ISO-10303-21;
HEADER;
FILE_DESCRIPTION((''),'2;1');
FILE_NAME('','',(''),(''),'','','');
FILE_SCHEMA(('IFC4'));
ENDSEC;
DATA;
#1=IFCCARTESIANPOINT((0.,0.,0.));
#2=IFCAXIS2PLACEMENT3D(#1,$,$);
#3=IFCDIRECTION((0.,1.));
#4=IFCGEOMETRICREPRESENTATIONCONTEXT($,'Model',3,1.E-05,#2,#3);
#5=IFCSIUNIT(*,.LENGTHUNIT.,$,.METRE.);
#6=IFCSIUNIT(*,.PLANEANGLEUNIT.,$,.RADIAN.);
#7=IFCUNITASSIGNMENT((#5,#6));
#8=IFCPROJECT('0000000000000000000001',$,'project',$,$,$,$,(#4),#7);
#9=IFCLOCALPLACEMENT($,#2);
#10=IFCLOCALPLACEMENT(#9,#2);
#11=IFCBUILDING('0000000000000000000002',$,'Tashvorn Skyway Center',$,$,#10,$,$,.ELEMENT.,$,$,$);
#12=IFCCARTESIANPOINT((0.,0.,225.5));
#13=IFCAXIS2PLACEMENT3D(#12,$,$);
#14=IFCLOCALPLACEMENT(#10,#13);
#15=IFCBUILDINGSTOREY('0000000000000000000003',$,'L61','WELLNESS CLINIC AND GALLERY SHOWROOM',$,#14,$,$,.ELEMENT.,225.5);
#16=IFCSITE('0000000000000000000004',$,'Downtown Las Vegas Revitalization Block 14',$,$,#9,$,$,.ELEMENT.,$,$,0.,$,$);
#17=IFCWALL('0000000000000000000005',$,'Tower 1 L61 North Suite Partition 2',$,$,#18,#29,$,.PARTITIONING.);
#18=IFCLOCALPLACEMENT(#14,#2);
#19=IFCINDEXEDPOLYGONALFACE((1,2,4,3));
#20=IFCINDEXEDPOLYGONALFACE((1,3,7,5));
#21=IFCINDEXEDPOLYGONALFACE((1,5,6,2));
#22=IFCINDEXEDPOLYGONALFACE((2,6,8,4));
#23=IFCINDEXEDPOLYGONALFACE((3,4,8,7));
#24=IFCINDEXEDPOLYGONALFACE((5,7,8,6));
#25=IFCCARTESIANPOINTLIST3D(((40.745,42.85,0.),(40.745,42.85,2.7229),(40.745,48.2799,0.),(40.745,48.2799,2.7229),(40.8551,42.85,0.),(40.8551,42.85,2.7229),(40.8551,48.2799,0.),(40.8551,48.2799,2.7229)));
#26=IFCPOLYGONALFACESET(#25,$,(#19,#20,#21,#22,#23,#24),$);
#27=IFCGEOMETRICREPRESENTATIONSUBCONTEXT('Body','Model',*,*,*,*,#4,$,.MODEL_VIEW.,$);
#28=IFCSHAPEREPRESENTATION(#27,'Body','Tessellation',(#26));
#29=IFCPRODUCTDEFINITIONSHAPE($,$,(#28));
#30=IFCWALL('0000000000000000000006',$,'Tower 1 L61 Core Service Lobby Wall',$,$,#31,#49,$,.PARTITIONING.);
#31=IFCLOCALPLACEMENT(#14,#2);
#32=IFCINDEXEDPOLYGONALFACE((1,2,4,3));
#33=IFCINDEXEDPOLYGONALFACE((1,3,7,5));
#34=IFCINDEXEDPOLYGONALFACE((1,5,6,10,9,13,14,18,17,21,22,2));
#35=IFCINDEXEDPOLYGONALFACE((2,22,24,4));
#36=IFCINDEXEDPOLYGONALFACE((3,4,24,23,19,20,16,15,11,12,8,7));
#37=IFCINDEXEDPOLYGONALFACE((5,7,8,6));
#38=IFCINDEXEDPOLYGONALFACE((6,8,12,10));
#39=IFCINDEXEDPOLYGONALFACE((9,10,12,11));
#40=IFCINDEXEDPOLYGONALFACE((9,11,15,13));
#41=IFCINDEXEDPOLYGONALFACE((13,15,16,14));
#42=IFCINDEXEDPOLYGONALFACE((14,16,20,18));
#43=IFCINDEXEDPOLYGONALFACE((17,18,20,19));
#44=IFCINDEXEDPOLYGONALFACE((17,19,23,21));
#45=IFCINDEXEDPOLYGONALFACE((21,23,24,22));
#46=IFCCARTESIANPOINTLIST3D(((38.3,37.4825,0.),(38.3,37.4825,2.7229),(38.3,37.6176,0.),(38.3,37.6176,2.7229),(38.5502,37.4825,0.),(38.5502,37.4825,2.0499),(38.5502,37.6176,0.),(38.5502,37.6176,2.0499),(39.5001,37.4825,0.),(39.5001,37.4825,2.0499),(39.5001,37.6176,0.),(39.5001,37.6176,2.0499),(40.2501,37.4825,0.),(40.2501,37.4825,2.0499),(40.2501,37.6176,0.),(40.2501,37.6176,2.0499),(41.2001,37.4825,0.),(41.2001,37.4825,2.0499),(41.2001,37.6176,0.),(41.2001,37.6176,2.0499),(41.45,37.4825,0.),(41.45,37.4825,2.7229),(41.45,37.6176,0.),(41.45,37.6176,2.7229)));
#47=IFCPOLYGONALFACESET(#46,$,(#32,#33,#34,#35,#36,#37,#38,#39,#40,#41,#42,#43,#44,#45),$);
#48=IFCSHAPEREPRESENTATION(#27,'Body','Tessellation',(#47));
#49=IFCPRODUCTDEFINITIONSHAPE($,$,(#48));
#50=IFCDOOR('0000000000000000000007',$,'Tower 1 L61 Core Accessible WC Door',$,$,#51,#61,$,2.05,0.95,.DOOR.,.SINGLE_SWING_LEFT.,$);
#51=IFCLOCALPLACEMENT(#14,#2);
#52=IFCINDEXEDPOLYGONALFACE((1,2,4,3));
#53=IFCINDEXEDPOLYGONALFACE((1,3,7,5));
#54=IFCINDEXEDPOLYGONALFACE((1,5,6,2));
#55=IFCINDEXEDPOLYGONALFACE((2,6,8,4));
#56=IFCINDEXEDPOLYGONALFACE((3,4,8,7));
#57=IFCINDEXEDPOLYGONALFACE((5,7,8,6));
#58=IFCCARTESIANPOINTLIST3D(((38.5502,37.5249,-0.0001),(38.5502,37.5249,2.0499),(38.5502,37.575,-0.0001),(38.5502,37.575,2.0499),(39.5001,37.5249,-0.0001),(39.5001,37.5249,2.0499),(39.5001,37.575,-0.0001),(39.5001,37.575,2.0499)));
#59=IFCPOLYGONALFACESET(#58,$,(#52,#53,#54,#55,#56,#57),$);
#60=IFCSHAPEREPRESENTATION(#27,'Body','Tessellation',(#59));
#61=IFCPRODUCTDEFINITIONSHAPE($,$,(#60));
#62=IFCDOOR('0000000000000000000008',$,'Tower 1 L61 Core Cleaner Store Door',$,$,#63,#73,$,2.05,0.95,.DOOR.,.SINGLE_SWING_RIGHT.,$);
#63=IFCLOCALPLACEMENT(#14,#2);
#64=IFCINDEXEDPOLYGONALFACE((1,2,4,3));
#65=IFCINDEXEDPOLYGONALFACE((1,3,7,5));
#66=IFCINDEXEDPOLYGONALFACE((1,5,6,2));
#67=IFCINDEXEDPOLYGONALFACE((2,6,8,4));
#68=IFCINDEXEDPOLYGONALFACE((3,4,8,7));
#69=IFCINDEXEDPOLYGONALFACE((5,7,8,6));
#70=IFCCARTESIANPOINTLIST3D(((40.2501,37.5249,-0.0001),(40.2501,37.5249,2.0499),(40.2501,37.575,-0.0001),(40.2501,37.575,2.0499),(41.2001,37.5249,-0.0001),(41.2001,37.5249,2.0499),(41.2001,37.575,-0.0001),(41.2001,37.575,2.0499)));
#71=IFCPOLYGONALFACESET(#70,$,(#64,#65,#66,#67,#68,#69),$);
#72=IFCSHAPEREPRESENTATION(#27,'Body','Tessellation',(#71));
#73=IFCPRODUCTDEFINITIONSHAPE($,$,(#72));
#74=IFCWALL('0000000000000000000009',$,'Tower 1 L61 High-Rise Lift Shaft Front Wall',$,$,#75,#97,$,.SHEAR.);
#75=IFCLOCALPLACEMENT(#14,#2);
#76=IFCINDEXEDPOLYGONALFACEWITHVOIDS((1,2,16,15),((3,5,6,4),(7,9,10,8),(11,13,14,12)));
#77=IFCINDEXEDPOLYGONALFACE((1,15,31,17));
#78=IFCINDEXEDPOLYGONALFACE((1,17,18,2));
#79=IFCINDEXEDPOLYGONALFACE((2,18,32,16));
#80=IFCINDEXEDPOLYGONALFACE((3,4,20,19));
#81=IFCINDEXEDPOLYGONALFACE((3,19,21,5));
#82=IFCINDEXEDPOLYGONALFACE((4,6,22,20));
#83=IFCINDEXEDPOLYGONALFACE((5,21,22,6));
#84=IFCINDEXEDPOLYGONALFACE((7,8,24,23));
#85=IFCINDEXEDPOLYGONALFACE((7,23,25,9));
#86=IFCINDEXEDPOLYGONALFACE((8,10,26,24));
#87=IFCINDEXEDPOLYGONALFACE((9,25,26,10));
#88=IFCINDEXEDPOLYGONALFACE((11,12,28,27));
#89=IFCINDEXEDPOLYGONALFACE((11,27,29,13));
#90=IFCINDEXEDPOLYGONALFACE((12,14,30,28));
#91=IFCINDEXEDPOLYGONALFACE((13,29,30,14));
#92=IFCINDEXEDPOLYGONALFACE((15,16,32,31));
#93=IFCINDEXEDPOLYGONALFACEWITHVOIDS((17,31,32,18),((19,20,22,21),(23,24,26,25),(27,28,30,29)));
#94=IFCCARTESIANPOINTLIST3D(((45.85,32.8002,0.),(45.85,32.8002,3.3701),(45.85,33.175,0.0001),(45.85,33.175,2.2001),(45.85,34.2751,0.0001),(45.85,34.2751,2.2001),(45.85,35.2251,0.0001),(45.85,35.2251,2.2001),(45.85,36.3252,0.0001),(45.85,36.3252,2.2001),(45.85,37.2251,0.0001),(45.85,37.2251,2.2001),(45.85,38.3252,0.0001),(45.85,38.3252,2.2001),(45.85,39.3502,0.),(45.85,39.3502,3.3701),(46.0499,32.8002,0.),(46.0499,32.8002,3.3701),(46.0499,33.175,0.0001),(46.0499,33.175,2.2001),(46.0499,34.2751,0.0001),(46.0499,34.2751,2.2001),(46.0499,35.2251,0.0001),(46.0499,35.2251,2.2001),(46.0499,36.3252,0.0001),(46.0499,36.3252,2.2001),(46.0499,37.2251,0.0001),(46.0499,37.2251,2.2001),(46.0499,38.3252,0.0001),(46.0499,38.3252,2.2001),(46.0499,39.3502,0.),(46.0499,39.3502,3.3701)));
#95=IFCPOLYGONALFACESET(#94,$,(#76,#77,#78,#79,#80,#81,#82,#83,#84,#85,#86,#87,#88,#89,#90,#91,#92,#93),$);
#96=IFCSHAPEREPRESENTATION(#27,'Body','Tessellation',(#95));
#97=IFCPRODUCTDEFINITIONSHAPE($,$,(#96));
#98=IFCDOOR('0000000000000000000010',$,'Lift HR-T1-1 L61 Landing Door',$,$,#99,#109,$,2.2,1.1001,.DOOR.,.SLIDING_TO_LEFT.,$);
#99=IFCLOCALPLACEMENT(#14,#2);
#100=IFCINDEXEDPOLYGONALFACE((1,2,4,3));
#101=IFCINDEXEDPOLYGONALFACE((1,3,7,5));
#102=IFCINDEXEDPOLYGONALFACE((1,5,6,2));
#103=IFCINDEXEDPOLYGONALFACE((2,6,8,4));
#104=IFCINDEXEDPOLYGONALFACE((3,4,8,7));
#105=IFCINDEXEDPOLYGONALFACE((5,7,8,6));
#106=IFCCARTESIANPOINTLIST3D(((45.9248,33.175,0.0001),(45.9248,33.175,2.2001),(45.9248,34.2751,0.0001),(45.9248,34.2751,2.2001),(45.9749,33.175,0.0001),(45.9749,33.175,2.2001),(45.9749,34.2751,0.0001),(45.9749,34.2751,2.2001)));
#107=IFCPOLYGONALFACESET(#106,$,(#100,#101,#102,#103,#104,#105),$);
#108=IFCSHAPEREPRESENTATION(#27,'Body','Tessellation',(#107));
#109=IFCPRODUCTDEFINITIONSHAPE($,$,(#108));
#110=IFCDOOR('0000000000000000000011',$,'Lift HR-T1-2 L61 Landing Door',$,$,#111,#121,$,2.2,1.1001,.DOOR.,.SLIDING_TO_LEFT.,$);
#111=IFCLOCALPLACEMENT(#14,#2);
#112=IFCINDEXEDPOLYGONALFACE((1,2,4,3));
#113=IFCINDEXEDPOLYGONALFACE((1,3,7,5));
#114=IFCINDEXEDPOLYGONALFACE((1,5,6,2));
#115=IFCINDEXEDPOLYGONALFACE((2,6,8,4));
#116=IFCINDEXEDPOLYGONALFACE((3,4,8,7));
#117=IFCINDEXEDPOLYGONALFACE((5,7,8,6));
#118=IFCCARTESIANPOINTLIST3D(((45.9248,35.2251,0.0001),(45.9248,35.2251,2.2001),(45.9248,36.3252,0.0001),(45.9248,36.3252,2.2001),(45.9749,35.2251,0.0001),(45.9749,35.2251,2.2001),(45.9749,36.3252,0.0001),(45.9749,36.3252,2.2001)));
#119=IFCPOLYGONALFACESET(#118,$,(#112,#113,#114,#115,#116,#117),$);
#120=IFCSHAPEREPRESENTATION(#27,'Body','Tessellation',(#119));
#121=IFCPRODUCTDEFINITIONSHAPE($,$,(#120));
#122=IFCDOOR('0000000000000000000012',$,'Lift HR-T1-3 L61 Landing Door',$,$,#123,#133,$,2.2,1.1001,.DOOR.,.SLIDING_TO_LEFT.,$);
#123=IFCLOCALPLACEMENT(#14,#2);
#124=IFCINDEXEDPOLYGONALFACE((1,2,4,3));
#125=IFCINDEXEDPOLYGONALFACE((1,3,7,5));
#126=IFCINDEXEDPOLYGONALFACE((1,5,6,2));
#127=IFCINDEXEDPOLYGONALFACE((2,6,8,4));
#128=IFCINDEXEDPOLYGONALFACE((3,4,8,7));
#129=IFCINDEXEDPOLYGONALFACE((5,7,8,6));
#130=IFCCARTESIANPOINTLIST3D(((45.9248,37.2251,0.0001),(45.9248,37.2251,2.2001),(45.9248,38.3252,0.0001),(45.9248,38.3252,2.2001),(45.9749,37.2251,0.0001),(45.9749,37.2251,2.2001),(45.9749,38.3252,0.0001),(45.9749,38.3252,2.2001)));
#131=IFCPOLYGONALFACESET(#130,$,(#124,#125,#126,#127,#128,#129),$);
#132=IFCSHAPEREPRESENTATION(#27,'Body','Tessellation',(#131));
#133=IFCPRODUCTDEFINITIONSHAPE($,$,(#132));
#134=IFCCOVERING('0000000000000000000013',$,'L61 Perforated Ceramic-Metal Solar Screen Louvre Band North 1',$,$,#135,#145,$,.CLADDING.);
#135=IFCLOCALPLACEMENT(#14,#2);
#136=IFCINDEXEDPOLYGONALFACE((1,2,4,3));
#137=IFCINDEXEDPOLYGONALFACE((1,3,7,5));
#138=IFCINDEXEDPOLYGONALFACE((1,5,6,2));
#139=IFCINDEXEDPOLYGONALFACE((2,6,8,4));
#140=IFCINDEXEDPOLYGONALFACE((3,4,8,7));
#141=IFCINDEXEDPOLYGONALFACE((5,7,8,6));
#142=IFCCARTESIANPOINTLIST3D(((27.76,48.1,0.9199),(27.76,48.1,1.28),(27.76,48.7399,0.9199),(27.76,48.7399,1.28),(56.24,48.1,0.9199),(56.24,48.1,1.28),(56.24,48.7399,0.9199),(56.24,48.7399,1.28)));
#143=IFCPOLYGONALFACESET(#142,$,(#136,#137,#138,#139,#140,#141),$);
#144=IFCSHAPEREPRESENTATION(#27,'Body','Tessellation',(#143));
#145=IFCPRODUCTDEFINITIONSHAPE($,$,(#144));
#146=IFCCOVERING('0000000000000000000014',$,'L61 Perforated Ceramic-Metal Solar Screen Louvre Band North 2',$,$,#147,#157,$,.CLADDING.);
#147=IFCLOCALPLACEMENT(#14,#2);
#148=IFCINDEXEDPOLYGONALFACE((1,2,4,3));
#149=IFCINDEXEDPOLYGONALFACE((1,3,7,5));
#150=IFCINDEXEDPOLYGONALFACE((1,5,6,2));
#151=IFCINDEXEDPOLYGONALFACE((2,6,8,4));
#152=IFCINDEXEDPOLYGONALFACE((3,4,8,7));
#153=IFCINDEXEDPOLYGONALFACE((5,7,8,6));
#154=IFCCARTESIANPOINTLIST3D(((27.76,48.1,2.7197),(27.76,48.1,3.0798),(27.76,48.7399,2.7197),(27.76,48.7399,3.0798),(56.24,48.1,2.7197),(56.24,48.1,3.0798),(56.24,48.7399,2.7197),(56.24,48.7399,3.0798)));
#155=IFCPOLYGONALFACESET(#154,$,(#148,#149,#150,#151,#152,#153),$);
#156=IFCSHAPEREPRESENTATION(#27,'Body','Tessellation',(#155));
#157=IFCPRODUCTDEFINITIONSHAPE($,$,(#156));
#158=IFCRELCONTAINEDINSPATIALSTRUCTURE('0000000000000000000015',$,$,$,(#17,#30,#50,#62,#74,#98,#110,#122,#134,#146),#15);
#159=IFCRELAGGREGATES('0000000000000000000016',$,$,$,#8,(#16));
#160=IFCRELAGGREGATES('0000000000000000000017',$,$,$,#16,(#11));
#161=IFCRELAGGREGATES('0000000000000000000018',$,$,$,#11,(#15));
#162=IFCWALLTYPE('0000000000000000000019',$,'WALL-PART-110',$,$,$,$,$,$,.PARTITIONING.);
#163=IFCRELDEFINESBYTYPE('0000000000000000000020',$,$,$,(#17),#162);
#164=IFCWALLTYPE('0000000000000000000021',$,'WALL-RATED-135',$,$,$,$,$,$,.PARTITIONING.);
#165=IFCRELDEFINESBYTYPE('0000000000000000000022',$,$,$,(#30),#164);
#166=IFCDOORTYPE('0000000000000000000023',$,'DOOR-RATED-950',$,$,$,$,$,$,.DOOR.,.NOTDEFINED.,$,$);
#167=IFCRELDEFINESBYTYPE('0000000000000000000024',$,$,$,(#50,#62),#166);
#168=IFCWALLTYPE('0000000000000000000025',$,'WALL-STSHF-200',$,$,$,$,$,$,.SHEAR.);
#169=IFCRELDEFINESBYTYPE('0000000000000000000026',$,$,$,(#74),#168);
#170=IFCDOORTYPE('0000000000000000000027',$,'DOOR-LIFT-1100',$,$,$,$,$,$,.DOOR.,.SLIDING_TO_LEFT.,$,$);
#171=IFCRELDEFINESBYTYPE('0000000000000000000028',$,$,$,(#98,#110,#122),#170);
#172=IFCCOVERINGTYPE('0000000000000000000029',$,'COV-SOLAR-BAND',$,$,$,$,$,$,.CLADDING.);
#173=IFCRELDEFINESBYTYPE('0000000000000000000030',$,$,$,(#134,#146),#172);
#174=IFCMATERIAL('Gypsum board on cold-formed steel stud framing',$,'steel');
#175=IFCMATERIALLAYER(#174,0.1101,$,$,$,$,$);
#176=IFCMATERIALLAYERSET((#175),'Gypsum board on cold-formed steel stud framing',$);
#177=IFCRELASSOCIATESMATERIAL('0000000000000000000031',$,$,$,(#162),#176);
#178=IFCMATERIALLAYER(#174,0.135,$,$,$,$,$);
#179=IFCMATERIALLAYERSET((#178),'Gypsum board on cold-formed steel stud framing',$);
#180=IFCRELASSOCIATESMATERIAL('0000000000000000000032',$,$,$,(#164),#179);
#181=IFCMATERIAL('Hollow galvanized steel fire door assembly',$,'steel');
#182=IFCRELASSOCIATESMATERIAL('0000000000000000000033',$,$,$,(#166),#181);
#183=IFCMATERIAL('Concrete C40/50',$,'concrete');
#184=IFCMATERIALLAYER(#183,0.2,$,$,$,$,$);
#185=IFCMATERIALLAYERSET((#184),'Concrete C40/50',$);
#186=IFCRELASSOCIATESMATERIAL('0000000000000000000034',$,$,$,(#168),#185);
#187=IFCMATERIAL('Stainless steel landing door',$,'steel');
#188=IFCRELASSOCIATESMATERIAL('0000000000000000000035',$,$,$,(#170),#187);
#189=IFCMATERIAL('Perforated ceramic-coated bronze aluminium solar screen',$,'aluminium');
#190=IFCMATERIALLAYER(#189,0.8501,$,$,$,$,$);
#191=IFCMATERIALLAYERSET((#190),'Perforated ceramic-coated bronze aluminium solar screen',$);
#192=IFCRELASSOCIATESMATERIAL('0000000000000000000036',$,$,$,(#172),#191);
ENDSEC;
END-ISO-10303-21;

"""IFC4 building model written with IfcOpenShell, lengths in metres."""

from ifc_helpers import new_model, si_unit, direction, frame, frame_2d, origin, origin_2d, place, context, subcontext, project, spatial, rectangle, extrude, material, layer, layer_set, type_object, element, fill, save


model = new_model("IFC4")

# Units and contexts
model_context = context("Model", 3, precision=1e-05, world=origin(), true_north=direction((0.0, 1.0)))
body_context = subcontext(model_context, "Body", "Model", "MODEL_VIEW")
ifc_project = project(units=[si_unit("LENGTHUNIT", "METRE"), si_unit("PLANEANGLEUNIT", "RADIAN")], contexts=[model_context])

# Site, building, storey
site_placement = place(None, origin())
site = spatial("IfcSite", under=ifc_project, at=site_placement, Name="Downtown Las Vegas Revitalization Block 14", CompositionType="ELEMENT", RefElevation=0.0)
building_placement = place(site_placement, origin())
building = spatial("IfcBuilding", under=site, at=building_placement, Name="Tashvorn Skyway Center", CompositionType="ELEMENT")
storey_placement = place(building_placement, frame((0.0, 0.0, 225.5)))
storey = spatial("IfcBuildingStorey", under=building, at=storey_placement, Name="L61", Description="WELLNESS CLINIC AND GALLERY SHOWROOM", CompositionType="ELEMENT", Elevation=225.5)

# Wall
ifc_material_1 = material(Name="Gypsum board on cold-formed steel stud framing", Category="steel")
ifc_layer_1 = layer(ifc_material_1, 0.1101)
ifc_layer_set_1 = layer_set([ifc_layer_1], Name="Gypsum board on cold-formed steel stud framing")
wall_type_1 = type_object("IfcWallType", Name="WALL-PART-110", PredefinedType="PARTITIONING", material=ifc_layer_set_1)
wall_1_placement = place(storey_placement, frame((40.8, 42.8501, 0.0), z_axis=(0.0, 0.0, 1.0), x_axis=(0.0, 1.0, 0.0)))
element("IfcWall", 1, at=wall_1_placement, inside=storey, type_object=wall_type_1, Name="Tower 1 L61 North Suite Partition 2", PredefinedType="PARTITIONING", context=body_context, shape_type="SweptSolid", body=[
    extrude(rectangle(XDim=5.4299, YDim=0.1101, at=frame_2d((2.7148, 0.0))), origin(), (0.0, 0.0, 1.0), 2.7229),
])

# Walls, openings, doors
ifc_layer_2 = layer(ifc_material_1, 0.135)
ifc_layer_set_2 = layer_set([ifc_layer_2], Name="Gypsum board on cold-formed steel stud framing")
wall_type_2 = type_object("IfcWallType", Name="WALL-RATED-135", PredefinedType="PARTITIONING", material=ifc_layer_set_2)
wall_2_placement = place(storey_placement, frame((38.3, 37.55, 0.0), z_axis=(0.0, 0.0, 1.0), x_axis=(1.0, 0.0, 0.0)))
wall_2 = element("IfcWall", 2, at=wall_2_placement, inside=storey, type_object=wall_type_2, Name="Tower 1 L61 Core Service Lobby Wall", PredefinedType="PARTITIONING", context=body_context, shape_type="SweptSolid", body=[
    extrude(rectangle(XDim=3.1499, YDim=0.135, at=frame_2d((1.575, 0.0))), origin(), (0.0, 0.0, 1.0), 2.7229),
])
opening_1_placement = place(wall_2_placement, frame((0.25, 0.0, 0.0)))
opening_1 = element("IfcOpeningElement", 3, at=opening_1_placement, cuts=wall_2, PredefinedType="OPENING", context=body_context, shape_type="SweptSolid", body=[
    extrude(rectangle(XDim=0.95, YDim=2.05, at=frame_2d((0.4751, 1.0249))), frame((0.0, 0.0774, 0.0), z_axis=(0.0, -1.0, 0.0), x_axis=(1.0, 0.0, 0.0)), (0.0, 0.0, 1.0), 0.155),
])
opening_2_placement = place(wall_2_placement, frame((1.95, 0.0, 0.0)))
opening_2 = element("IfcOpeningElement", 4, at=opening_2_placement, cuts=wall_2, PredefinedType="OPENING", context=body_context, shape_type="SweptSolid", body=[
    extrude(rectangle(XDim=0.95, YDim=2.05, at=frame_2d((0.4751, 1.0249))), frame((0.0, 0.0774, 0.0), z_axis=(0.0, -1.0, 0.0), x_axis=(1.0, 0.0, 0.0)), (0.0, 0.0, 1.0), 0.155),
])
ifc_material_2 = material(Name="Hollow galvanized steel fire door assembly", Category="steel")
door_type_1 = type_object("IfcDoorType", Name="DOOR-RATED-950", OperationType="NOTDEFINED", PredefinedType="DOOR", material=ifc_material_2)
door_1_placement = place(opening_1_placement, origin())
door_1 = element("IfcDoor", 5, at=door_1_placement, inside=storey, type_object=door_type_1, Name="Tower 1 L61 Core Accessible WC Door", OperationType="SINGLE_SWING_LEFT", OverallHeight=2.05, OverallWidth=0.95, PredefinedType="DOOR", context=body_context, shape_type="SweptSolid", body=[
    extrude(rectangle(XDim=0.95, YDim=2.05, at=frame_2d((0.4751, 1.0249))), frame((0.0, 0.0249, 0.0), z_axis=(0.0, -1.0, 0.0), x_axis=(1.0, 0.0, 0.0)), (0.0, 0.0, 1.0), 0.05),
])
fill(opening_1, door_1)
door_2_placement = place(opening_2_placement, origin())
door_2 = element("IfcDoor", 6, at=door_2_placement, inside=storey, type_object=door_type_1, Name="Tower 1 L61 Core Cleaner Store Door", OperationType="SINGLE_SWING_RIGHT", OverallHeight=2.05, OverallWidth=0.95, PredefinedType="DOOR", context=body_context, shape_type="SweptSolid", body=[
    extrude(rectangle(XDim=0.95, YDim=2.05, at=frame_2d((0.4751, 1.0249))), frame((0.0, 0.0249, 0.0), z_axis=(0.0, -1.0, 0.0), x_axis=(1.0, 0.0, 0.0)), (0.0, 0.0, 1.0), 0.05),
])
fill(opening_2, door_2)
ifc_material_3 = material(Name="Concrete C40/50", Category="concrete")
ifc_layer_3 = layer(ifc_material_3, 0.2)
ifc_layer_set_3 = layer_set([ifc_layer_3], Name="Concrete C40/50")
wall_type_3 = type_object("IfcWallType", Name="WALL-STSHF-200", PredefinedType="SHEAR", material=ifc_layer_set_3)
wall_3_placement = place(storey_placement, frame((45.95, 39.3501, 0.0), z_axis=(0.0, 0.0, 1.0), x_axis=(0.0, -1.0, 0.0)))
wall_3 = element("IfcWall", 7, at=wall_3_placement, inside=storey, type_object=wall_type_3, Name="Tower 1 L61 High-Rise Lift Shaft Front Wall", PredefinedType="SHEAR", context=body_context, shape_type="SweptSolid", body=[
    extrude(rectangle(XDim=6.55, YDim=0.2, at=frame_2d((3.2749, 0.0))), origin(), (0.0, 0.0, 1.0), 3.3701),
])
opening_3_placement = place(wall_3_placement, frame((5.075, 0.0, 0.0)))
opening_3 = element("IfcOpeningElement", 8, at=opening_3_placement, cuts=wall_3, PredefinedType="OPENING", context=body_context, shape_type="SweptSolid", body=[
    extrude(rectangle(XDim=1.1001, YDim=2.2, at=frame_2d((0.55, 1.1001))), frame((0.0, 0.1099, 0.0), z_axis=(0.0, -1.0, 0.0), x_axis=(1.0, 0.0, 0.0)), (0.0, 0.0, 1.0), 0.22),
])
opening_4_placement = place(wall_3_placement, frame((3.0249, 0.0, 0.0)))
opening_4 = element("IfcOpeningElement", 9, at=opening_4_placement, cuts=wall_3, PredefinedType="OPENING", context=body_context, shape_type="SweptSolid", body=[
    extrude(rectangle(XDim=1.1001, YDim=2.2, at=frame_2d((0.55, 1.1001))), frame((0.0, 0.1099, 0.0), z_axis=(0.0, -1.0, 0.0), x_axis=(1.0, 0.0, 0.0)), (0.0, 0.0, 1.0), 0.22),
])
opening_5_placement = place(wall_3_placement, frame((1.0249, 0.0, 0.0)))
opening_5 = element("IfcOpeningElement", 10, at=opening_5_placement, cuts=wall_3, PredefinedType="OPENING", context=body_context, shape_type="SweptSolid", body=[
    extrude(rectangle(XDim=1.1001, YDim=2.2, at=frame_2d((0.55, 1.1001))), frame((0.0, 0.1099, 0.0), z_axis=(0.0, -1.0, 0.0), x_axis=(1.0, 0.0, 0.0)), (0.0, 0.0, 1.0), 0.22),
])
ifc_material_4 = material(Name="Stainless steel landing door", Category="steel")
door_type_2 = type_object("IfcDoorType", Name="DOOR-LIFT-1100", OperationType="SLIDING_TO_LEFT", PredefinedType="DOOR", material=ifc_material_4)
door_3_placement = place(opening_3_placement, origin())
door_3 = element("IfcDoor", 11, at=door_3_placement, inside=storey, type_object=door_type_2, Name="Lift HR-T1-1 L61 Landing Door", OperationType="SLIDING_TO_LEFT", OverallHeight=2.2, OverallWidth=1.1001, PredefinedType="DOOR", context=body_context, shape_type="SweptSolid", body=[
    extrude(rectangle(XDim=1.1001, YDim=2.2, at=frame_2d((0.55, 1.1001))), frame((0.0, 0.0249, 0.0), z_axis=(0.0, -1.0, 0.0), x_axis=(1.0, 0.0, 0.0)), (0.0, 0.0, 1.0), 0.05),
])
fill(opening_3, door_3)
door_4_placement = place(opening_4_placement, origin())
door_4 = element("IfcDoor", 12, at=door_4_placement, inside=storey, type_object=door_type_2, Name="Lift HR-T1-2 L61 Landing Door", OperationType="SLIDING_TO_LEFT", OverallHeight=2.2, OverallWidth=1.1001, PredefinedType="DOOR", context=body_context, shape_type="SweptSolid", body=[
    extrude(rectangle(XDim=1.1001, YDim=2.2, at=frame_2d((0.55, 1.1001))), frame((0.0, 0.0249, 0.0), z_axis=(0.0, -1.0, 0.0), x_axis=(1.0, 0.0, 0.0)), (0.0, 0.0, 1.0), 0.05),
])
fill(opening_4, door_4)
door_5_placement = place(opening_5_placement, origin())
door_5 = element("IfcDoor", 13, at=door_5_placement, inside=storey, type_object=door_type_2, Name="Lift HR-T1-3 L61 Landing Door", OperationType="SLIDING_TO_LEFT", OverallHeight=2.2, OverallWidth=1.1001, PredefinedType="DOOR", context=body_context, shape_type="SweptSolid", body=[
    extrude(rectangle(XDim=1.1001, YDim=2.2, at=frame_2d((0.55, 1.1001))), frame((0.0, 0.0249, 0.0), z_axis=(0.0, -1.0, 0.0), x_axis=(1.0, 0.0, 0.0)), (0.0, 0.0, 1.0), 0.05),
])
fill(opening_5, door_5)

# Coverings
ifc_material_5 = material(Name="Perforated ceramic-coated bronze aluminium solar screen", Category="aluminium")
ifc_layer_4 = layer(ifc_material_5, 0.8501)
ifc_layer_set_4 = layer_set([ifc_layer_4], Name="Perforated ceramic-coated bronze aluminium solar screen")
covering_type = type_object("IfcCoveringType", Name="COV-SOLAR-BAND", PredefinedType="CLADDING", material=ifc_layer_set_4)
for number, where, z_axis, x_axis, name in (
    (14, (42.0, 48.4199, 0.9199), (0.0, 0.0, 1.0), (1.0, 0.0, 0.0), "L61 Perforated Ceramic-Metal Solar Screen Louvre Band North 1"),
    (15, (42.0, 48.4199, 2.7197), (0.0, 0.0, 1.0), (1.0, 0.0, 0.0), "L61 Perforated Ceramic-Metal Solar Screen Louvre Band North 2"),
):
    element("IfcCovering", number, at=place(storey_placement, frame(where, z_axis=z_axis, x_axis=x_axis)), inside=storey, type_object=covering_type, Name=name, PredefinedType="CLADDING", context=body_context, shape_type="SweptSolid", body=[
        extrude(rectangle(XDim=28.48, YDim=0.6399, at=origin_2d()), origin(), (0.0, 0.0, 1.0), 0.3601),
    ])

save(model, "model.ifc")
